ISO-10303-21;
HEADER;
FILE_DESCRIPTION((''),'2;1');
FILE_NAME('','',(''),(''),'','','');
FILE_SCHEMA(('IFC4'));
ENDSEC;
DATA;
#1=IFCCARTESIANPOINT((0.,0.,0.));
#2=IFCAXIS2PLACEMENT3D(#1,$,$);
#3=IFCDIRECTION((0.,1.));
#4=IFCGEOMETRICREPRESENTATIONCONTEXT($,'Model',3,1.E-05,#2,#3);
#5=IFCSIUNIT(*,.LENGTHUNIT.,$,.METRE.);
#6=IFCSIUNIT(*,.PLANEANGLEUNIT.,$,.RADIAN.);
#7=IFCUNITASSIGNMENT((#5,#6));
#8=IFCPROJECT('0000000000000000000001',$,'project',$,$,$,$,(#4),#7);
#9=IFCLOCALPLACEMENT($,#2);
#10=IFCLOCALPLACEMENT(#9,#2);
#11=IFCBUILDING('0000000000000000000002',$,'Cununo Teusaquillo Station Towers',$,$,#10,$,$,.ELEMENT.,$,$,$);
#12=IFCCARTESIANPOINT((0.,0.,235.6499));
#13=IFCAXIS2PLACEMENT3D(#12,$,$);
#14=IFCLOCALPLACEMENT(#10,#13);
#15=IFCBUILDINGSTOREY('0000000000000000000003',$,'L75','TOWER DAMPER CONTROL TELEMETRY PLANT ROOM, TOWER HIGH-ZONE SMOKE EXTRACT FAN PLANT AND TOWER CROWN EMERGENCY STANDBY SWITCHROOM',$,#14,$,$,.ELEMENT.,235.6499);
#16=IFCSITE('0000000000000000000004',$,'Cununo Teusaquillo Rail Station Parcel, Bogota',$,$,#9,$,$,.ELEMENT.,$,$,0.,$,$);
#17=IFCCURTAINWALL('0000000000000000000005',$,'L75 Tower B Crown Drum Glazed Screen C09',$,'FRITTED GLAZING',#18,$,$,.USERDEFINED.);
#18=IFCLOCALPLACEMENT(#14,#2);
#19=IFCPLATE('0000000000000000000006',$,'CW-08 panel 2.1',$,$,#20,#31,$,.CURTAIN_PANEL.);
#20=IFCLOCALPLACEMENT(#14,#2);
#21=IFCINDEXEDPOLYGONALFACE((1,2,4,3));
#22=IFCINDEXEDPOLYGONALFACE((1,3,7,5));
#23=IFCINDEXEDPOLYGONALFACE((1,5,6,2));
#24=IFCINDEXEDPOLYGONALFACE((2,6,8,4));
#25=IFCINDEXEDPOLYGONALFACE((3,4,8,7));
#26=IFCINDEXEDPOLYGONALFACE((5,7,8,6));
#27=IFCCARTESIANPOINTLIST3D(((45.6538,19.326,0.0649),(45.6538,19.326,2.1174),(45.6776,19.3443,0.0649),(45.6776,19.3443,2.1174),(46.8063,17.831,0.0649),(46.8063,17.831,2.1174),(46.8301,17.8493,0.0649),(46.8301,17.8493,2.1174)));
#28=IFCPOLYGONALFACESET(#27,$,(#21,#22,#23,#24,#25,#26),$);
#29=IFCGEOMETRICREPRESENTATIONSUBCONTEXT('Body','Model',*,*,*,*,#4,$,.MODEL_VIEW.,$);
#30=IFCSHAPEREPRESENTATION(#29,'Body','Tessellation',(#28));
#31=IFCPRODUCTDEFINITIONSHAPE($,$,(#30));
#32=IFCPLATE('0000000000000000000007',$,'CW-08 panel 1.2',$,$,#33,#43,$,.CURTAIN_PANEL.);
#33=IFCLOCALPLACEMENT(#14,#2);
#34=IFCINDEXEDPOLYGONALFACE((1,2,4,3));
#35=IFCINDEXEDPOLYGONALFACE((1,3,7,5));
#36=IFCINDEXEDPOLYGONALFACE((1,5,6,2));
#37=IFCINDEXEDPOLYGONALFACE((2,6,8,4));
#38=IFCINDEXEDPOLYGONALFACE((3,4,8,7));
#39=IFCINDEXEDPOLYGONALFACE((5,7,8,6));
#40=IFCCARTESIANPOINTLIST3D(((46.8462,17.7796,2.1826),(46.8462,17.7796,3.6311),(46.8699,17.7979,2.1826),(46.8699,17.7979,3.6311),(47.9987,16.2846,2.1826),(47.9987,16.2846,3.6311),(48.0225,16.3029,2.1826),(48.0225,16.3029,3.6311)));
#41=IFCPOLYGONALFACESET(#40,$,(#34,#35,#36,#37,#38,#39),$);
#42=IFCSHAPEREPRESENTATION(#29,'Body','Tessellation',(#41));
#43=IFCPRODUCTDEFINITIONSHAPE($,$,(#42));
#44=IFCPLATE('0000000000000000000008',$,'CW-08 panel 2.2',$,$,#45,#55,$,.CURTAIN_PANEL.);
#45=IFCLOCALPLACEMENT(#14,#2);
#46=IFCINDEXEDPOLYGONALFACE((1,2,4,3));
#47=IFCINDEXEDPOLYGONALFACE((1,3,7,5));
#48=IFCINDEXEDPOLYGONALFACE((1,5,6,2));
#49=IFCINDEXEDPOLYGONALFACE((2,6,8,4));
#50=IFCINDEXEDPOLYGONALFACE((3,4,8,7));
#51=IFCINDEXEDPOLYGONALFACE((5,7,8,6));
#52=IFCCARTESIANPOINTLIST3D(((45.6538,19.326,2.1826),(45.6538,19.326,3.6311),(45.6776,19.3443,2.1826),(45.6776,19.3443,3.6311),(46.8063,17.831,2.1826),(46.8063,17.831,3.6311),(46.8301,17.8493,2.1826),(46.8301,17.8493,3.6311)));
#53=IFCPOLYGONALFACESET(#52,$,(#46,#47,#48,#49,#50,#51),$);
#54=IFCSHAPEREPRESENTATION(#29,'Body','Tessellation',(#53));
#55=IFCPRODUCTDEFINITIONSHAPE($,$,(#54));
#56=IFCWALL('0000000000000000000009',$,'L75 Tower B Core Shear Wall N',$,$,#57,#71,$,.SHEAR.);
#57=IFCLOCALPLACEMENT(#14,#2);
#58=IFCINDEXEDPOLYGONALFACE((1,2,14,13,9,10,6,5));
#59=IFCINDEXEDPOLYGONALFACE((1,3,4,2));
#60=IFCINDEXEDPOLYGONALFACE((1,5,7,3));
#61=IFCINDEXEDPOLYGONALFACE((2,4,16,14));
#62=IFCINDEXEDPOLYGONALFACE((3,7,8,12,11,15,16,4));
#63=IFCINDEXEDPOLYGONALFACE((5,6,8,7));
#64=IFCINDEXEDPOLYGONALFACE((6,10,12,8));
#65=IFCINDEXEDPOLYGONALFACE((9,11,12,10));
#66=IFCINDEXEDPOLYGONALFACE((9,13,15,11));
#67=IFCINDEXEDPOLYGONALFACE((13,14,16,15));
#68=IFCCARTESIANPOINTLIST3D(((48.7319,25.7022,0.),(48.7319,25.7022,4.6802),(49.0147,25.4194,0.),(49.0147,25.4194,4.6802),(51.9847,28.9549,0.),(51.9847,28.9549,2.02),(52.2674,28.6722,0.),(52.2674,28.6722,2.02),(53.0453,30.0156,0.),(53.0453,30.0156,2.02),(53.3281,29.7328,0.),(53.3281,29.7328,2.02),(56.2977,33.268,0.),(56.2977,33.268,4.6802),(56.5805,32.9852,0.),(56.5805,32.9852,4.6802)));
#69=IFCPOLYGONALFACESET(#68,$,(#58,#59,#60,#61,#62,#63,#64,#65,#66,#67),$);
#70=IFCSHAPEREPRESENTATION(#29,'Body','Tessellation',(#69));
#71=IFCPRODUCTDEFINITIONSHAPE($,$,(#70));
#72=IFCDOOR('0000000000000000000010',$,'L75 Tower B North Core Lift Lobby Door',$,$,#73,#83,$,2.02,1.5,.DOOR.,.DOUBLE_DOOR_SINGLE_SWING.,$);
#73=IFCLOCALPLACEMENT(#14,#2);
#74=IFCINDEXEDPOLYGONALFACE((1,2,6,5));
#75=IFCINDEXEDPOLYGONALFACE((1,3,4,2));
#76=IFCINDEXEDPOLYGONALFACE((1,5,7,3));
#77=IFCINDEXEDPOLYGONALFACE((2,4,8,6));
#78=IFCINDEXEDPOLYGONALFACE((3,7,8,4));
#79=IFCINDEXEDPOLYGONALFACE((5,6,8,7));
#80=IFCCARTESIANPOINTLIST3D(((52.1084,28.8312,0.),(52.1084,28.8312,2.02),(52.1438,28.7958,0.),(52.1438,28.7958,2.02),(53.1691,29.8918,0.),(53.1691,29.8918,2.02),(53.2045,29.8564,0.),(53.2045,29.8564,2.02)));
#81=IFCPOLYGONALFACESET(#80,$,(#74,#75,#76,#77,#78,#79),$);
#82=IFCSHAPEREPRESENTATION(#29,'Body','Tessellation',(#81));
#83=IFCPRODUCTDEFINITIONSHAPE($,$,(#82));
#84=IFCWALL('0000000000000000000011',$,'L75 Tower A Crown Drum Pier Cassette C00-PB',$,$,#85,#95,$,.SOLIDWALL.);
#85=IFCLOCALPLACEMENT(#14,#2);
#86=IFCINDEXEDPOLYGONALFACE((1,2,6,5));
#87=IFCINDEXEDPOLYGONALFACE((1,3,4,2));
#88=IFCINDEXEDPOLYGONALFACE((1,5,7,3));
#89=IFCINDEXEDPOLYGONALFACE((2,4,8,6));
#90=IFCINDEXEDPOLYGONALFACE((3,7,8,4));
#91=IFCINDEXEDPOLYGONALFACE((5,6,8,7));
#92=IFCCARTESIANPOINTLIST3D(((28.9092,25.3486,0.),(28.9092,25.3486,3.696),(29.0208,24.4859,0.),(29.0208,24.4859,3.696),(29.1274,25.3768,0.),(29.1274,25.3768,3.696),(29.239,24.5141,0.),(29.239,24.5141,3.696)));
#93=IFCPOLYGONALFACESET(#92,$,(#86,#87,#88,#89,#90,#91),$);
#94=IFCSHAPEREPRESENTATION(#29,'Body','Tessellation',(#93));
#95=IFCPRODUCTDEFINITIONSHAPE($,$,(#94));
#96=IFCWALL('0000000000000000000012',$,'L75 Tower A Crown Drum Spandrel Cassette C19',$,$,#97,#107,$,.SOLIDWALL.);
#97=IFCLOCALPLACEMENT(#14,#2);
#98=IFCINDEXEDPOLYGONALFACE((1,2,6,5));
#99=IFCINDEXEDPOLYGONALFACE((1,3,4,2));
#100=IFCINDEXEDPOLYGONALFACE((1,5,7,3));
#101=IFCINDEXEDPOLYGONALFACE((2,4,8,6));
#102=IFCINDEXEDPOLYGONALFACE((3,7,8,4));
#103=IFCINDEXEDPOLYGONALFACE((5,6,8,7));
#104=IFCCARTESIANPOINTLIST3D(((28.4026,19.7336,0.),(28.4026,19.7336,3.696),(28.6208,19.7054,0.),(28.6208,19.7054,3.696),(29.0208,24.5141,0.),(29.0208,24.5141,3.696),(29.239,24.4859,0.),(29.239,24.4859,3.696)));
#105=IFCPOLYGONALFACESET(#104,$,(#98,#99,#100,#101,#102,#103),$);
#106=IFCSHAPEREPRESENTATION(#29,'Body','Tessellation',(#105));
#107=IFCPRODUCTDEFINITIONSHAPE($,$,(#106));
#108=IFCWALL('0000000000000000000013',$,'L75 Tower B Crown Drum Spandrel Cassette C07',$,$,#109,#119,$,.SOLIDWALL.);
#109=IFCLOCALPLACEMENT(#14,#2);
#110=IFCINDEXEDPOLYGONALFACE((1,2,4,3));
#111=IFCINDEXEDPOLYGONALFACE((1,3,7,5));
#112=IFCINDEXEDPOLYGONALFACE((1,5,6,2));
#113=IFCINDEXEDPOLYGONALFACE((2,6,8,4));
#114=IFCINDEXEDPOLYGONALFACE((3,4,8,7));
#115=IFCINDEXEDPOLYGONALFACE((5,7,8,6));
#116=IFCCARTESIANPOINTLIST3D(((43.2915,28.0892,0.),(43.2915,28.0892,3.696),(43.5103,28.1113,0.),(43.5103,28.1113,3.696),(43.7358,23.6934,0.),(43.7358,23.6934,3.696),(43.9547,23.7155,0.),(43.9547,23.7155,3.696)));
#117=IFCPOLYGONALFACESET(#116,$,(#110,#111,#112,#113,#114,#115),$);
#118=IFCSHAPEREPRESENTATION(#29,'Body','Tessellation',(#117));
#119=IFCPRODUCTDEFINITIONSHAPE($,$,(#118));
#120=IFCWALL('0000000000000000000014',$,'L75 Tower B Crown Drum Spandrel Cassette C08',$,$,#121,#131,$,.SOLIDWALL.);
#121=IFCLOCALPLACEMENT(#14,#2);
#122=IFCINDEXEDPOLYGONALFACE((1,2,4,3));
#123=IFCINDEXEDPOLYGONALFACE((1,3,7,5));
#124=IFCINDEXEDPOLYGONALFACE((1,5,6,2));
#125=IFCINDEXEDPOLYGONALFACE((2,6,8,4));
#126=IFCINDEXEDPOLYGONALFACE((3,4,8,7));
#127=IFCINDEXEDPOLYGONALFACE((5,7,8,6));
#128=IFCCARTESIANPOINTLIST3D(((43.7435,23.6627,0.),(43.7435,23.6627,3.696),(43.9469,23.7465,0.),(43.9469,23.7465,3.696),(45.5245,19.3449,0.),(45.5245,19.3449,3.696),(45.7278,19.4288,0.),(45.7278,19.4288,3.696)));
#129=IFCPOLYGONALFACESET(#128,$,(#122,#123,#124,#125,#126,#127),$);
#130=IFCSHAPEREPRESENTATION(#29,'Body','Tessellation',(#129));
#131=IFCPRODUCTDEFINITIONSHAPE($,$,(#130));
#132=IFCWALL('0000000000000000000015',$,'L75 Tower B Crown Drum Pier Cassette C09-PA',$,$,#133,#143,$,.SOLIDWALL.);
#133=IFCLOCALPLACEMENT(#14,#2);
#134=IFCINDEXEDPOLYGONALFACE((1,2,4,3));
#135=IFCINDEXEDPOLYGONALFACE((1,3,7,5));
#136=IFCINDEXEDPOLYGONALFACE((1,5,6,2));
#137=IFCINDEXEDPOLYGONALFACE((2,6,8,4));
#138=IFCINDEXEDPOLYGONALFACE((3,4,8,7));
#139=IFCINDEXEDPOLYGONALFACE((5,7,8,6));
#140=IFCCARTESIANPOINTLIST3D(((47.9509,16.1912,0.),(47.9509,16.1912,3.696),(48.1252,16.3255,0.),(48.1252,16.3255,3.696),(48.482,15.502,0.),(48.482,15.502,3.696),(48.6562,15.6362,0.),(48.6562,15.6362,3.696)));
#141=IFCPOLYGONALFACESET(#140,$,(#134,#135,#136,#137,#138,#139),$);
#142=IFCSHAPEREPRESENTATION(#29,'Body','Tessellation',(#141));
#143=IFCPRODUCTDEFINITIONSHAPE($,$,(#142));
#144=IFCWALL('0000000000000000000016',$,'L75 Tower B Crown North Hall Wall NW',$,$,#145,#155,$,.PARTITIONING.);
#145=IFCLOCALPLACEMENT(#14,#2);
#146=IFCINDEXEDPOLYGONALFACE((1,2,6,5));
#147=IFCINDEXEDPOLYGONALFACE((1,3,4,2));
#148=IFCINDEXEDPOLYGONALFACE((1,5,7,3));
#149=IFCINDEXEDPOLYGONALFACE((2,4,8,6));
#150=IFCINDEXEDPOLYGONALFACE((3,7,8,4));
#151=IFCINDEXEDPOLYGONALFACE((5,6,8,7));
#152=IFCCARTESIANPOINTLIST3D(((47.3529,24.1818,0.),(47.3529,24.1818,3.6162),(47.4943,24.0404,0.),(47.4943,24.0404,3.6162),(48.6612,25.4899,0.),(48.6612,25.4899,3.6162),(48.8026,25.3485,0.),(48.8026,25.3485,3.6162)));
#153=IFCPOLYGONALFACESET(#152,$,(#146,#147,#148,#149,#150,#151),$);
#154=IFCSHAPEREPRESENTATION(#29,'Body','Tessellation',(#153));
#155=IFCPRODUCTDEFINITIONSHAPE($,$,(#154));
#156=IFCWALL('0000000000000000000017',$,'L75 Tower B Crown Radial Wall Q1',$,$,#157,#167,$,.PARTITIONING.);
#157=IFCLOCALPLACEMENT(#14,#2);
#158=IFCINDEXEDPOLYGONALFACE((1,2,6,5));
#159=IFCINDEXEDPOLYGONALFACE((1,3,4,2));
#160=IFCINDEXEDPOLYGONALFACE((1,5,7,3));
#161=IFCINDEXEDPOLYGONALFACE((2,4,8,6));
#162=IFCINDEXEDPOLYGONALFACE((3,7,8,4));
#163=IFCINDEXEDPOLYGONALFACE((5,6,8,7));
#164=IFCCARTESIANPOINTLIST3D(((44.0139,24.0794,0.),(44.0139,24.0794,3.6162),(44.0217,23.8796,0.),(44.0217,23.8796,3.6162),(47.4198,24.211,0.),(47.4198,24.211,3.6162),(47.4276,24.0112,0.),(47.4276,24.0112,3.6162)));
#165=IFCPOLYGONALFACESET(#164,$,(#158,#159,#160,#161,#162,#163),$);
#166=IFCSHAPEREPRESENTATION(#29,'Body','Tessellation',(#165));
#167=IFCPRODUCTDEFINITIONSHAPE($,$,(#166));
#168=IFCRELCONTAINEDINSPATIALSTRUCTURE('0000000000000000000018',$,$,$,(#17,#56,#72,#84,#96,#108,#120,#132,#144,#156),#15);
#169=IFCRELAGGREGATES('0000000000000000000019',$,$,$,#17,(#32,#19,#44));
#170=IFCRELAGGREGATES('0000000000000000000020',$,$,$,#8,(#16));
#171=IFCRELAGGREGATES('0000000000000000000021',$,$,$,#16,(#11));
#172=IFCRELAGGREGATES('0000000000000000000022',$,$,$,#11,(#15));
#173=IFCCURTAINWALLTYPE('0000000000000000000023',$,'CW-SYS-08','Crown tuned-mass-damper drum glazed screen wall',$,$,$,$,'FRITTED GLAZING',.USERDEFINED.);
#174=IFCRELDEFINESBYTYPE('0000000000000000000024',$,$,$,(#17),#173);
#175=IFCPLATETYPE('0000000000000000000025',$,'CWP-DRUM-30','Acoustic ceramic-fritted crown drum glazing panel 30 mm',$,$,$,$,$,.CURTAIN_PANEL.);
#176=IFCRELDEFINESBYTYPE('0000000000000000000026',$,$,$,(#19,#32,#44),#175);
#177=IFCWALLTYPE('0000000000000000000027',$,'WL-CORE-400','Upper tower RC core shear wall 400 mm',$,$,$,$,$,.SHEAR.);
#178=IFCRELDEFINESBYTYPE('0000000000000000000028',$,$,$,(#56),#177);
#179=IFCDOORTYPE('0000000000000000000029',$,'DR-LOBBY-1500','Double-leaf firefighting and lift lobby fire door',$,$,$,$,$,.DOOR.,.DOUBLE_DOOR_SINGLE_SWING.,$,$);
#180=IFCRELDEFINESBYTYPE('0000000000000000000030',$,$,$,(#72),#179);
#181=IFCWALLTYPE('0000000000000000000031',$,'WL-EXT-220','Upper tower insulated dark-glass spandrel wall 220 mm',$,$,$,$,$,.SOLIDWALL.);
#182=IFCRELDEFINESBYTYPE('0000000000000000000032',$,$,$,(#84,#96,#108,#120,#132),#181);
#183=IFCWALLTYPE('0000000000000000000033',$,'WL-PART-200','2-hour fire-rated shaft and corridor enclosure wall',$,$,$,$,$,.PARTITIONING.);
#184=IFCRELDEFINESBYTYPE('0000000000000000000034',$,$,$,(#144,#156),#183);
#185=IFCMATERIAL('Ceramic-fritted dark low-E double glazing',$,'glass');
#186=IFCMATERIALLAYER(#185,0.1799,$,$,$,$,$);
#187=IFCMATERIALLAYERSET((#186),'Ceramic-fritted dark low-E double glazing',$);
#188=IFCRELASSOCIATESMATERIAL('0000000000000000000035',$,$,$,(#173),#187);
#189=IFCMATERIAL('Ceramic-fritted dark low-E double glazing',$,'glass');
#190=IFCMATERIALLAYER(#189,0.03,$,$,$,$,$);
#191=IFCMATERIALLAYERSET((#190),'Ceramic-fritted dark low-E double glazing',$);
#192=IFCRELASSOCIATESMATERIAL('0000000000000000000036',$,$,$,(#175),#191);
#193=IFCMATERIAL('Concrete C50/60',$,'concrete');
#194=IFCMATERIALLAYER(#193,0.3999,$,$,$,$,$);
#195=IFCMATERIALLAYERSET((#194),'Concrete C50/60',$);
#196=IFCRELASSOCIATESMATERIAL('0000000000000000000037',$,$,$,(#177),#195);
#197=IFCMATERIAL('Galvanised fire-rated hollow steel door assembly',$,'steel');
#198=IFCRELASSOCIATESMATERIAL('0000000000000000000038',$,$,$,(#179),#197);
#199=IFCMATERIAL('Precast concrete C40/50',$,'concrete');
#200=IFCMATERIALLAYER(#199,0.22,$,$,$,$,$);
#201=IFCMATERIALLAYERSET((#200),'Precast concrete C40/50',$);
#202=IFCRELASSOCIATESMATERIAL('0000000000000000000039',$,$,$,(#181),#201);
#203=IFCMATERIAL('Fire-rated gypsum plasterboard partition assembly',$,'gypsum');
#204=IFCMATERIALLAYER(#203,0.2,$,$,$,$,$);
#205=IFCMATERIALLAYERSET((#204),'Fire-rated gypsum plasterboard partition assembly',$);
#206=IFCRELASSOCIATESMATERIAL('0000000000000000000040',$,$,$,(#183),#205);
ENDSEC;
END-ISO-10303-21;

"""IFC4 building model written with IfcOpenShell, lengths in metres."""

from ifc_helpers import new_model, si_unit, direction, frame, frame_2d, origin, origin_2d, place, context, subcontext, project, spatial, rectangle, extrude, source, transform, mapped, material, layer, layer_set, type_object, element, fill, aggregate, save


model = new_model("IFC4")

# Units and contexts
model_context = context("Model", 3, precision=1e-05, world=origin(), true_north=direction((0.0, 1.0)))
body_context = subcontext(model_context, "Body", "Model", "MODEL_VIEW")
ifc_project = project(units=[si_unit("LENGTHUNIT", "METRE"), si_unit("PLANEANGLEUNIT", "RADIAN")], contexts=[model_context])

# Site, building, storey
site_placement = place(None, origin())
site = spatial("IfcSite", under=ifc_project, at=site_placement, Name="Cununo Teusaquillo Rail Station Parcel, Bogota", CompositionType="ELEMENT", RefElevation=0.0)
building_placement = place(site_placement, origin())
building = spatial("IfcBuilding", under=site, at=building_placement, Name="Cununo Teusaquillo Station Towers", CompositionType="ELEMENT")
storey_placement = place(building_placement, frame((0.0, 0.0, 235.6499)))
storey = spatial("IfcBuildingStorey", under=building, at=storey_placement, Name="L75", Description="TOWER DAMPER CONTROL TELEMETRY PLANT ROOM, TOWER HIGH-ZONE SMOKE EXTRACT FAN PLANT AND TOWER CROWN EMERGENCY STANDBY SWITCHROOM", CompositionType="ELEMENT", Elevation=235.6499)

# Curtain wall
ifc_material_1 = material(Name="Ceramic-fritted dark low-E double glazing", Category="glass")
ifc_layer_1 = layer(ifc_material_1, 0.1799)
ifc_layer_set_1 = layer_set([ifc_layer_1], Name="Ceramic-fritted dark low-E double glazing")
curtain_wall_type = type_object("IfcCurtainWallType", Name="CW-SYS-08", Description="Crown tuned-mass-damper drum glazed screen wall", ElementType="FRITTED GLAZING", PredefinedType="USERDEFINED", material=ifc_layer_set_1)
curtain_wall_placement = place(storey_placement, origin())
curtain_wall = element("IfcCurtainWall", 1, at=curtain_wall_placement, inside=storey, type_object=curtain_wall_type, Name="L75 Tower B Crown Drum Glazed Screen C09", ObjectType="FRITTED GLAZING", PredefinedType="USERDEFINED")

# Plates
ifc_material_2 = material(Name="Ceramic-fritted dark low-E double glazing", Category="glass")
ifc_layer_2 = layer(ifc_material_2, 0.03)
ifc_layer_set_2 = layer_set([ifc_layer_2], Name="Ceramic-fritted dark low-E double glazing")
plate_type_1 = type_object("IfcPlateType", Name="CWP-DRUM-30", Description="Acoustic ceramic-fritted crown drum glazing panel 30 mm", PredefinedType="CURTAIN_PANEL", material=ifc_layer_set_2)
shared_shape_1 = source(origin(), body_context, "Body", "SweptSolid", [
    extrude(rectangle(XDim=1.8877, YDim=0.03, at=origin_2d()), origin(), (0.0, 0.0, 1.0), 2.0525),
])
plate_1_placement = place(storey_placement, frame((46.2419, 18.5876, 0.0649), z_axis=(0.0, 0.0, 1.0), x_axis=(-0.610566, 0.791965, 0.0)))
plate_1 = element("IfcPlate", 2, at=plate_1_placement, type_object=plate_type_1, Name="CW-08 panel 2.1", PredefinedType="CURTAIN_PANEL", context=body_context, shape_type="MappedRepresentation", body=[
    mapped(shared_shape_1, transform((0.0, 0.0, 0.0), x_axis=(1.0, 0.0, 0.0), y_axis=(0.0, 1.0, 0.0), z_axis=(0.0, 0.0, 1.0), scale=1.0)),
])
shared_shape_2 = source(origin(), body_context, "Body", "SweptSolid", [
    extrude(rectangle(XDim=1.8877, YDim=0.03, at=origin_2d()), origin(), (0.0, 0.0, 1.0), 1.4485),
])
plate_2_placement = place(storey_placement, frame((47.4343, 17.0413, 2.1826), z_axis=(0.0, 0.0, 1.0), x_axis=(-0.610566, 0.791965, 0.0)))
plate_2 = element("IfcPlate", 3, at=plate_2_placement, type_object=plate_type_1, Name="CW-08 panel 1.2", PredefinedType="CURTAIN_PANEL", context=body_context, shape_type="MappedRepresentation", body=[
    mapped(shared_shape_2, transform((0.0, 0.0, 0.0), x_axis=(1.0, 0.0, 0.0), y_axis=(0.0, 1.0, 0.0), z_axis=(0.0, 0.0, 1.0), scale=1.0)),
])
plate_3_placement = place(storey_placement, frame((46.2419, 18.5876, 2.1826), z_axis=(0.0, 0.0, 1.0), x_axis=(-0.610566, 0.791965, 0.0)))
plate_3 = element("IfcPlate", 4, at=plate_3_placement, type_object=plate_type_1, Name="CW-08 panel 2.2", PredefinedType="CURTAIN_PANEL", context=body_context, shape_type="MappedRepresentation", body=[
    mapped(shared_shape_2, transform((0.0, 0.0, 0.0), x_axis=(1.0, 0.0, 0.0), y_axis=(0.0, 1.0, 0.0), z_axis=(0.0, 0.0, 1.0), scale=1.0)),
])
aggregate(curtain_wall, [plate_2, plate_1, plate_3])

# Wall, opening, door
ifc_material_3 = material(Name="Concrete C50/60", Category="concrete")
ifc_layer_3 = layer(ifc_material_3, 0.3999)
ifc_layer_set_3 = layer_set([ifc_layer_3], Name="Concrete C50/60")
wall_type_1 = type_object("IfcWallType", Name="WL-CORE-400", Description="Upper tower RC core shear wall 400 mm", PredefinedType="SHEAR", material=ifc_layer_set_3)
wall_1_placement = place(storey_placement, frame((48.8733, 25.5608, 0.0), z_axis=(0.0, 0.0, 1.0), x_axis=(0.707107, 0.707107, 0.0)))
wall_1 = element("IfcWall", 5, at=wall_1_placement, inside=storey, type_object=wall_type_1, Name="L75 Tower B Core Shear Wall N", PredefinedType="SHEAR", context=body_context, shape_type="SweptSolid", body=[
    extrude(rectangle(XDim=10.6997, YDim=0.3999, at=frame_2d((5.3499, 0.0))), origin(), (0.0, 0.0, 1.0), 4.6802),
])
shared_shape_3 = source(origin(), body_context, "Body", "SweptSolid", [
    extrude(rectangle(XDim=1.5, YDim=2.02, at=frame_2d((0.75, 1.01))), frame((0.0, 0.21, 0.0), z_axis=(0.0, -1.0, 0.0), x_axis=(1.0, 0.0, 0.0)), (0.0, 0.0, 1.0), 0.4199),
])
opening_placement = place(wall_1_placement, frame((4.6001, 0.0, 0.0)))
opening = element("IfcOpeningElement", 6, at=opening_placement, cuts=wall_1, PredefinedType="OPENING", context=body_context, shape_type="MappedRepresentation", body=[
    mapped(shared_shape_3, transform((0.0, 0.0, 0.0), x_axis=(1.0, 0.0, 0.0), y_axis=(0.0, 1.0, 0.0), z_axis=(0.0, 0.0, 1.0), scale=1.0)),
])
ifc_material_4 = material(Name="Galvanised fire-rated hollow steel door assembly", Category="steel")
door_type = type_object("IfcDoorType", Name="DR-LOBBY-1500", Description="Double-leaf firefighting and lift lobby fire door", OperationType="DOUBLE_DOOR_SINGLE_SWING", PredefinedType="DOOR", material=ifc_material_4)
shared_shape_4 = source(origin(), body_context, "Body", "SweptSolid", [
    extrude(rectangle(XDim=1.5, YDim=2.02, at=frame_2d((0.75, 1.01))), frame((0.0, 0.0249, 0.0), z_axis=(0.0, -1.0, 0.0), x_axis=(1.0, 0.0, 0.0)), (0.0, 0.0, 1.0), 0.05),
])
door_placement = place(opening_placement, origin())
door = element("IfcDoor", 7, at=door_placement, inside=storey, type_object=door_type, Name="L75 Tower B North Core Lift Lobby Door", OperationType="DOUBLE_DOOR_SINGLE_SWING", OverallHeight=2.02, OverallWidth=1.5, PredefinedType="DOOR", context=body_context, shape_type="MappedRepresentation", body=[
    mapped(shared_shape_4, transform((0.0, 0.0, 0.0), x_axis=(1.0, 0.0, 0.0), y_axis=(0.0, 1.0, 0.0), z_axis=(0.0, 0.0, 1.0), scale=1.0)),
])
fill(opening, door)

# Walls
ifc_material_5 = material(Name="Precast concrete C40/50", Category="concrete")
ifc_layer_4 = layer(ifc_material_5, 0.22)
ifc_layer_set_4 = layer_set([ifc_layer_4], Name="Precast concrete C40/50")
wall_type_2 = type_object("IfcWallType", Name="WL-EXT-220", Description="Upper tower insulated dark-glass spandrel wall 220 mm", PredefinedType="SOLIDWALL", material=ifc_layer_set_4)
wall_2_placement = place(storey_placement, frame((29.0183, 25.3628, 0.0), z_axis=(0.0, 0.0, 1.0), x_axis=(0.128247, -0.991742, 0.0)))
element("IfcWall", 8, at=wall_2_placement, inside=storey, type_object=wall_type_2, Name="L75 Tower A Crown Drum Pier Cassette C00-PB", PredefinedType="SOLIDWALL", context=body_context, shape_type="SweptSolid", body=[
    extrude(rectangle(XDim=0.8699, YDim=0.22, at=frame_2d((0.4351, 0.0))), origin(), (0.0, 0.0, 1.0), 3.696),
])
wall_3_placement = place(storey_placement, frame((29.1299, 24.5, 0.0), z_axis=(0.0, 0.0, 1.0), x_axis=(-0.128241, -0.991743, 0.0)))
element("IfcWall", 9, at=wall_3_placement, inside=storey, type_object=wall_type_2, Name="L75 Tower A Crown Drum Spandrel Cassette C19", PredefinedType="SOLIDWALL", context=body_context, shape_type="SweptSolid", body=[
    extrude(rectangle(XDim=4.8203, YDim=0.22, at=frame_2d((2.4102, 0.0))), origin(), (0.0, 0.0, 1.0), 3.696),
])
wall_4_placement = place(storey_placement, frame((43.8452, 23.7046, 0.0), z_axis=(0.0, 0.0, 1.0), x_axis=(-0.100571, 0.99493, 0.0)))
element("IfcWall", 10, at=wall_4_placement, inside=storey, type_object=wall_type_2, Name="L75 Tower B Crown Drum Spandrel Cassette C07", PredefinedType="SOLIDWALL", context=body_context, shape_type="SweptSolid", body=[
    extrude(rectangle(XDim=4.4182, YDim=0.22, at=frame_2d((2.209, 0.0))), origin(), (0.0, 0.0, 1.0), 3.696),
])
wall_5_placement = place(storey_placement, frame((45.6262, 19.3867, 0.0), z_axis=(0.0, 0.0, 1.0), x_axis=(-0.38131, 0.924447, 0.0)))
element("IfcWall", 11, at=wall_5_placement, inside=storey, type_object=wall_type_2, Name="L75 Tower B Crown Drum Spandrel Cassette C08", PredefinedType="SOLIDWALL", context=body_context, shape_type="SweptSolid", body=[
    extrude(rectangle(XDim=4.6707, YDim=0.22, at=frame_2d((2.3354, 0.0))), origin(), (0.0, 0.0, 1.0), 3.696),
])
wall_6_placement = place(storey_placement, frame((48.5691, 15.5691, 0.0), z_axis=(0.0, 0.0, 1.0), x_axis=(-0.610321, 0.792154, 0.0)))
element("IfcWall", 12, at=wall_6_placement, inside=storey, type_object=wall_type_2, Name="L75 Tower B Crown Drum Pier Cassette C09-PA", PredefinedType="SOLIDWALL", context=body_context, shape_type="SweptSolid", body=[
    extrude(rectangle(XDim=0.8701, YDim=0.22, at=frame_2d((0.4351, 0.0))), origin(), (0.0, 0.0, 1.0), 3.696),
])
ifc_material_6 = material(Name="Fire-rated gypsum plasterboard partition assembly", Category="gypsum")
ifc_layer_5 = layer(ifc_material_6, 0.2)
ifc_layer_set_5 = layer_set([ifc_layer_5], Name="Fire-rated gypsum plasterboard partition assembly")
wall_type_3 = type_object("IfcWallType", Name="WL-PART-200", Description="2-hour fire-rated shaft and corridor enclosure wall", PredefinedType="PARTITIONING", material=ifc_layer_set_5)
wall_7_placement = place(storey_placement, frame((47.4236, 24.1111, 0.0), z_axis=(0.0, 0.0, 1.0), x_axis=(0.707173, 0.707041, 0.0)))
element("IfcWall", 13, at=wall_7_placement, inside=storey, type_object=wall_type_3, Name="L75 Tower B Crown North Hall Wall NW", PredefinedType="PARTITIONING", context=body_context, shape_type="SweptSolid", body=[
    extrude(rectangle(XDim=1.8501, YDim=0.2, at=frame_2d((0.925, 0.0))), origin(), (0.0, 0.0, 1.0), 3.6162),
])
wall_8_placement = place(storey_placement, frame((47.4236, 24.1111, 0.0), z_axis=(0.0, 0.0, 1.0), x_axis=(-0.999254, -0.038606, 0.0)))
element("IfcWall", 14, at=wall_8_placement, inside=storey, type_object=wall_type_3, Name="L75 Tower B Crown Radial Wall Q1", PredefinedType="PARTITIONING", context=body_context, shape_type="SweptSolid", body=[
    extrude(rectangle(XDim=3.4084, YDim=0.2, at=frame_2d((1.7041, 0.0))), origin(), (0.0, 0.0, 1.0), 3.6162),
])

save(model, "model.ifc")
